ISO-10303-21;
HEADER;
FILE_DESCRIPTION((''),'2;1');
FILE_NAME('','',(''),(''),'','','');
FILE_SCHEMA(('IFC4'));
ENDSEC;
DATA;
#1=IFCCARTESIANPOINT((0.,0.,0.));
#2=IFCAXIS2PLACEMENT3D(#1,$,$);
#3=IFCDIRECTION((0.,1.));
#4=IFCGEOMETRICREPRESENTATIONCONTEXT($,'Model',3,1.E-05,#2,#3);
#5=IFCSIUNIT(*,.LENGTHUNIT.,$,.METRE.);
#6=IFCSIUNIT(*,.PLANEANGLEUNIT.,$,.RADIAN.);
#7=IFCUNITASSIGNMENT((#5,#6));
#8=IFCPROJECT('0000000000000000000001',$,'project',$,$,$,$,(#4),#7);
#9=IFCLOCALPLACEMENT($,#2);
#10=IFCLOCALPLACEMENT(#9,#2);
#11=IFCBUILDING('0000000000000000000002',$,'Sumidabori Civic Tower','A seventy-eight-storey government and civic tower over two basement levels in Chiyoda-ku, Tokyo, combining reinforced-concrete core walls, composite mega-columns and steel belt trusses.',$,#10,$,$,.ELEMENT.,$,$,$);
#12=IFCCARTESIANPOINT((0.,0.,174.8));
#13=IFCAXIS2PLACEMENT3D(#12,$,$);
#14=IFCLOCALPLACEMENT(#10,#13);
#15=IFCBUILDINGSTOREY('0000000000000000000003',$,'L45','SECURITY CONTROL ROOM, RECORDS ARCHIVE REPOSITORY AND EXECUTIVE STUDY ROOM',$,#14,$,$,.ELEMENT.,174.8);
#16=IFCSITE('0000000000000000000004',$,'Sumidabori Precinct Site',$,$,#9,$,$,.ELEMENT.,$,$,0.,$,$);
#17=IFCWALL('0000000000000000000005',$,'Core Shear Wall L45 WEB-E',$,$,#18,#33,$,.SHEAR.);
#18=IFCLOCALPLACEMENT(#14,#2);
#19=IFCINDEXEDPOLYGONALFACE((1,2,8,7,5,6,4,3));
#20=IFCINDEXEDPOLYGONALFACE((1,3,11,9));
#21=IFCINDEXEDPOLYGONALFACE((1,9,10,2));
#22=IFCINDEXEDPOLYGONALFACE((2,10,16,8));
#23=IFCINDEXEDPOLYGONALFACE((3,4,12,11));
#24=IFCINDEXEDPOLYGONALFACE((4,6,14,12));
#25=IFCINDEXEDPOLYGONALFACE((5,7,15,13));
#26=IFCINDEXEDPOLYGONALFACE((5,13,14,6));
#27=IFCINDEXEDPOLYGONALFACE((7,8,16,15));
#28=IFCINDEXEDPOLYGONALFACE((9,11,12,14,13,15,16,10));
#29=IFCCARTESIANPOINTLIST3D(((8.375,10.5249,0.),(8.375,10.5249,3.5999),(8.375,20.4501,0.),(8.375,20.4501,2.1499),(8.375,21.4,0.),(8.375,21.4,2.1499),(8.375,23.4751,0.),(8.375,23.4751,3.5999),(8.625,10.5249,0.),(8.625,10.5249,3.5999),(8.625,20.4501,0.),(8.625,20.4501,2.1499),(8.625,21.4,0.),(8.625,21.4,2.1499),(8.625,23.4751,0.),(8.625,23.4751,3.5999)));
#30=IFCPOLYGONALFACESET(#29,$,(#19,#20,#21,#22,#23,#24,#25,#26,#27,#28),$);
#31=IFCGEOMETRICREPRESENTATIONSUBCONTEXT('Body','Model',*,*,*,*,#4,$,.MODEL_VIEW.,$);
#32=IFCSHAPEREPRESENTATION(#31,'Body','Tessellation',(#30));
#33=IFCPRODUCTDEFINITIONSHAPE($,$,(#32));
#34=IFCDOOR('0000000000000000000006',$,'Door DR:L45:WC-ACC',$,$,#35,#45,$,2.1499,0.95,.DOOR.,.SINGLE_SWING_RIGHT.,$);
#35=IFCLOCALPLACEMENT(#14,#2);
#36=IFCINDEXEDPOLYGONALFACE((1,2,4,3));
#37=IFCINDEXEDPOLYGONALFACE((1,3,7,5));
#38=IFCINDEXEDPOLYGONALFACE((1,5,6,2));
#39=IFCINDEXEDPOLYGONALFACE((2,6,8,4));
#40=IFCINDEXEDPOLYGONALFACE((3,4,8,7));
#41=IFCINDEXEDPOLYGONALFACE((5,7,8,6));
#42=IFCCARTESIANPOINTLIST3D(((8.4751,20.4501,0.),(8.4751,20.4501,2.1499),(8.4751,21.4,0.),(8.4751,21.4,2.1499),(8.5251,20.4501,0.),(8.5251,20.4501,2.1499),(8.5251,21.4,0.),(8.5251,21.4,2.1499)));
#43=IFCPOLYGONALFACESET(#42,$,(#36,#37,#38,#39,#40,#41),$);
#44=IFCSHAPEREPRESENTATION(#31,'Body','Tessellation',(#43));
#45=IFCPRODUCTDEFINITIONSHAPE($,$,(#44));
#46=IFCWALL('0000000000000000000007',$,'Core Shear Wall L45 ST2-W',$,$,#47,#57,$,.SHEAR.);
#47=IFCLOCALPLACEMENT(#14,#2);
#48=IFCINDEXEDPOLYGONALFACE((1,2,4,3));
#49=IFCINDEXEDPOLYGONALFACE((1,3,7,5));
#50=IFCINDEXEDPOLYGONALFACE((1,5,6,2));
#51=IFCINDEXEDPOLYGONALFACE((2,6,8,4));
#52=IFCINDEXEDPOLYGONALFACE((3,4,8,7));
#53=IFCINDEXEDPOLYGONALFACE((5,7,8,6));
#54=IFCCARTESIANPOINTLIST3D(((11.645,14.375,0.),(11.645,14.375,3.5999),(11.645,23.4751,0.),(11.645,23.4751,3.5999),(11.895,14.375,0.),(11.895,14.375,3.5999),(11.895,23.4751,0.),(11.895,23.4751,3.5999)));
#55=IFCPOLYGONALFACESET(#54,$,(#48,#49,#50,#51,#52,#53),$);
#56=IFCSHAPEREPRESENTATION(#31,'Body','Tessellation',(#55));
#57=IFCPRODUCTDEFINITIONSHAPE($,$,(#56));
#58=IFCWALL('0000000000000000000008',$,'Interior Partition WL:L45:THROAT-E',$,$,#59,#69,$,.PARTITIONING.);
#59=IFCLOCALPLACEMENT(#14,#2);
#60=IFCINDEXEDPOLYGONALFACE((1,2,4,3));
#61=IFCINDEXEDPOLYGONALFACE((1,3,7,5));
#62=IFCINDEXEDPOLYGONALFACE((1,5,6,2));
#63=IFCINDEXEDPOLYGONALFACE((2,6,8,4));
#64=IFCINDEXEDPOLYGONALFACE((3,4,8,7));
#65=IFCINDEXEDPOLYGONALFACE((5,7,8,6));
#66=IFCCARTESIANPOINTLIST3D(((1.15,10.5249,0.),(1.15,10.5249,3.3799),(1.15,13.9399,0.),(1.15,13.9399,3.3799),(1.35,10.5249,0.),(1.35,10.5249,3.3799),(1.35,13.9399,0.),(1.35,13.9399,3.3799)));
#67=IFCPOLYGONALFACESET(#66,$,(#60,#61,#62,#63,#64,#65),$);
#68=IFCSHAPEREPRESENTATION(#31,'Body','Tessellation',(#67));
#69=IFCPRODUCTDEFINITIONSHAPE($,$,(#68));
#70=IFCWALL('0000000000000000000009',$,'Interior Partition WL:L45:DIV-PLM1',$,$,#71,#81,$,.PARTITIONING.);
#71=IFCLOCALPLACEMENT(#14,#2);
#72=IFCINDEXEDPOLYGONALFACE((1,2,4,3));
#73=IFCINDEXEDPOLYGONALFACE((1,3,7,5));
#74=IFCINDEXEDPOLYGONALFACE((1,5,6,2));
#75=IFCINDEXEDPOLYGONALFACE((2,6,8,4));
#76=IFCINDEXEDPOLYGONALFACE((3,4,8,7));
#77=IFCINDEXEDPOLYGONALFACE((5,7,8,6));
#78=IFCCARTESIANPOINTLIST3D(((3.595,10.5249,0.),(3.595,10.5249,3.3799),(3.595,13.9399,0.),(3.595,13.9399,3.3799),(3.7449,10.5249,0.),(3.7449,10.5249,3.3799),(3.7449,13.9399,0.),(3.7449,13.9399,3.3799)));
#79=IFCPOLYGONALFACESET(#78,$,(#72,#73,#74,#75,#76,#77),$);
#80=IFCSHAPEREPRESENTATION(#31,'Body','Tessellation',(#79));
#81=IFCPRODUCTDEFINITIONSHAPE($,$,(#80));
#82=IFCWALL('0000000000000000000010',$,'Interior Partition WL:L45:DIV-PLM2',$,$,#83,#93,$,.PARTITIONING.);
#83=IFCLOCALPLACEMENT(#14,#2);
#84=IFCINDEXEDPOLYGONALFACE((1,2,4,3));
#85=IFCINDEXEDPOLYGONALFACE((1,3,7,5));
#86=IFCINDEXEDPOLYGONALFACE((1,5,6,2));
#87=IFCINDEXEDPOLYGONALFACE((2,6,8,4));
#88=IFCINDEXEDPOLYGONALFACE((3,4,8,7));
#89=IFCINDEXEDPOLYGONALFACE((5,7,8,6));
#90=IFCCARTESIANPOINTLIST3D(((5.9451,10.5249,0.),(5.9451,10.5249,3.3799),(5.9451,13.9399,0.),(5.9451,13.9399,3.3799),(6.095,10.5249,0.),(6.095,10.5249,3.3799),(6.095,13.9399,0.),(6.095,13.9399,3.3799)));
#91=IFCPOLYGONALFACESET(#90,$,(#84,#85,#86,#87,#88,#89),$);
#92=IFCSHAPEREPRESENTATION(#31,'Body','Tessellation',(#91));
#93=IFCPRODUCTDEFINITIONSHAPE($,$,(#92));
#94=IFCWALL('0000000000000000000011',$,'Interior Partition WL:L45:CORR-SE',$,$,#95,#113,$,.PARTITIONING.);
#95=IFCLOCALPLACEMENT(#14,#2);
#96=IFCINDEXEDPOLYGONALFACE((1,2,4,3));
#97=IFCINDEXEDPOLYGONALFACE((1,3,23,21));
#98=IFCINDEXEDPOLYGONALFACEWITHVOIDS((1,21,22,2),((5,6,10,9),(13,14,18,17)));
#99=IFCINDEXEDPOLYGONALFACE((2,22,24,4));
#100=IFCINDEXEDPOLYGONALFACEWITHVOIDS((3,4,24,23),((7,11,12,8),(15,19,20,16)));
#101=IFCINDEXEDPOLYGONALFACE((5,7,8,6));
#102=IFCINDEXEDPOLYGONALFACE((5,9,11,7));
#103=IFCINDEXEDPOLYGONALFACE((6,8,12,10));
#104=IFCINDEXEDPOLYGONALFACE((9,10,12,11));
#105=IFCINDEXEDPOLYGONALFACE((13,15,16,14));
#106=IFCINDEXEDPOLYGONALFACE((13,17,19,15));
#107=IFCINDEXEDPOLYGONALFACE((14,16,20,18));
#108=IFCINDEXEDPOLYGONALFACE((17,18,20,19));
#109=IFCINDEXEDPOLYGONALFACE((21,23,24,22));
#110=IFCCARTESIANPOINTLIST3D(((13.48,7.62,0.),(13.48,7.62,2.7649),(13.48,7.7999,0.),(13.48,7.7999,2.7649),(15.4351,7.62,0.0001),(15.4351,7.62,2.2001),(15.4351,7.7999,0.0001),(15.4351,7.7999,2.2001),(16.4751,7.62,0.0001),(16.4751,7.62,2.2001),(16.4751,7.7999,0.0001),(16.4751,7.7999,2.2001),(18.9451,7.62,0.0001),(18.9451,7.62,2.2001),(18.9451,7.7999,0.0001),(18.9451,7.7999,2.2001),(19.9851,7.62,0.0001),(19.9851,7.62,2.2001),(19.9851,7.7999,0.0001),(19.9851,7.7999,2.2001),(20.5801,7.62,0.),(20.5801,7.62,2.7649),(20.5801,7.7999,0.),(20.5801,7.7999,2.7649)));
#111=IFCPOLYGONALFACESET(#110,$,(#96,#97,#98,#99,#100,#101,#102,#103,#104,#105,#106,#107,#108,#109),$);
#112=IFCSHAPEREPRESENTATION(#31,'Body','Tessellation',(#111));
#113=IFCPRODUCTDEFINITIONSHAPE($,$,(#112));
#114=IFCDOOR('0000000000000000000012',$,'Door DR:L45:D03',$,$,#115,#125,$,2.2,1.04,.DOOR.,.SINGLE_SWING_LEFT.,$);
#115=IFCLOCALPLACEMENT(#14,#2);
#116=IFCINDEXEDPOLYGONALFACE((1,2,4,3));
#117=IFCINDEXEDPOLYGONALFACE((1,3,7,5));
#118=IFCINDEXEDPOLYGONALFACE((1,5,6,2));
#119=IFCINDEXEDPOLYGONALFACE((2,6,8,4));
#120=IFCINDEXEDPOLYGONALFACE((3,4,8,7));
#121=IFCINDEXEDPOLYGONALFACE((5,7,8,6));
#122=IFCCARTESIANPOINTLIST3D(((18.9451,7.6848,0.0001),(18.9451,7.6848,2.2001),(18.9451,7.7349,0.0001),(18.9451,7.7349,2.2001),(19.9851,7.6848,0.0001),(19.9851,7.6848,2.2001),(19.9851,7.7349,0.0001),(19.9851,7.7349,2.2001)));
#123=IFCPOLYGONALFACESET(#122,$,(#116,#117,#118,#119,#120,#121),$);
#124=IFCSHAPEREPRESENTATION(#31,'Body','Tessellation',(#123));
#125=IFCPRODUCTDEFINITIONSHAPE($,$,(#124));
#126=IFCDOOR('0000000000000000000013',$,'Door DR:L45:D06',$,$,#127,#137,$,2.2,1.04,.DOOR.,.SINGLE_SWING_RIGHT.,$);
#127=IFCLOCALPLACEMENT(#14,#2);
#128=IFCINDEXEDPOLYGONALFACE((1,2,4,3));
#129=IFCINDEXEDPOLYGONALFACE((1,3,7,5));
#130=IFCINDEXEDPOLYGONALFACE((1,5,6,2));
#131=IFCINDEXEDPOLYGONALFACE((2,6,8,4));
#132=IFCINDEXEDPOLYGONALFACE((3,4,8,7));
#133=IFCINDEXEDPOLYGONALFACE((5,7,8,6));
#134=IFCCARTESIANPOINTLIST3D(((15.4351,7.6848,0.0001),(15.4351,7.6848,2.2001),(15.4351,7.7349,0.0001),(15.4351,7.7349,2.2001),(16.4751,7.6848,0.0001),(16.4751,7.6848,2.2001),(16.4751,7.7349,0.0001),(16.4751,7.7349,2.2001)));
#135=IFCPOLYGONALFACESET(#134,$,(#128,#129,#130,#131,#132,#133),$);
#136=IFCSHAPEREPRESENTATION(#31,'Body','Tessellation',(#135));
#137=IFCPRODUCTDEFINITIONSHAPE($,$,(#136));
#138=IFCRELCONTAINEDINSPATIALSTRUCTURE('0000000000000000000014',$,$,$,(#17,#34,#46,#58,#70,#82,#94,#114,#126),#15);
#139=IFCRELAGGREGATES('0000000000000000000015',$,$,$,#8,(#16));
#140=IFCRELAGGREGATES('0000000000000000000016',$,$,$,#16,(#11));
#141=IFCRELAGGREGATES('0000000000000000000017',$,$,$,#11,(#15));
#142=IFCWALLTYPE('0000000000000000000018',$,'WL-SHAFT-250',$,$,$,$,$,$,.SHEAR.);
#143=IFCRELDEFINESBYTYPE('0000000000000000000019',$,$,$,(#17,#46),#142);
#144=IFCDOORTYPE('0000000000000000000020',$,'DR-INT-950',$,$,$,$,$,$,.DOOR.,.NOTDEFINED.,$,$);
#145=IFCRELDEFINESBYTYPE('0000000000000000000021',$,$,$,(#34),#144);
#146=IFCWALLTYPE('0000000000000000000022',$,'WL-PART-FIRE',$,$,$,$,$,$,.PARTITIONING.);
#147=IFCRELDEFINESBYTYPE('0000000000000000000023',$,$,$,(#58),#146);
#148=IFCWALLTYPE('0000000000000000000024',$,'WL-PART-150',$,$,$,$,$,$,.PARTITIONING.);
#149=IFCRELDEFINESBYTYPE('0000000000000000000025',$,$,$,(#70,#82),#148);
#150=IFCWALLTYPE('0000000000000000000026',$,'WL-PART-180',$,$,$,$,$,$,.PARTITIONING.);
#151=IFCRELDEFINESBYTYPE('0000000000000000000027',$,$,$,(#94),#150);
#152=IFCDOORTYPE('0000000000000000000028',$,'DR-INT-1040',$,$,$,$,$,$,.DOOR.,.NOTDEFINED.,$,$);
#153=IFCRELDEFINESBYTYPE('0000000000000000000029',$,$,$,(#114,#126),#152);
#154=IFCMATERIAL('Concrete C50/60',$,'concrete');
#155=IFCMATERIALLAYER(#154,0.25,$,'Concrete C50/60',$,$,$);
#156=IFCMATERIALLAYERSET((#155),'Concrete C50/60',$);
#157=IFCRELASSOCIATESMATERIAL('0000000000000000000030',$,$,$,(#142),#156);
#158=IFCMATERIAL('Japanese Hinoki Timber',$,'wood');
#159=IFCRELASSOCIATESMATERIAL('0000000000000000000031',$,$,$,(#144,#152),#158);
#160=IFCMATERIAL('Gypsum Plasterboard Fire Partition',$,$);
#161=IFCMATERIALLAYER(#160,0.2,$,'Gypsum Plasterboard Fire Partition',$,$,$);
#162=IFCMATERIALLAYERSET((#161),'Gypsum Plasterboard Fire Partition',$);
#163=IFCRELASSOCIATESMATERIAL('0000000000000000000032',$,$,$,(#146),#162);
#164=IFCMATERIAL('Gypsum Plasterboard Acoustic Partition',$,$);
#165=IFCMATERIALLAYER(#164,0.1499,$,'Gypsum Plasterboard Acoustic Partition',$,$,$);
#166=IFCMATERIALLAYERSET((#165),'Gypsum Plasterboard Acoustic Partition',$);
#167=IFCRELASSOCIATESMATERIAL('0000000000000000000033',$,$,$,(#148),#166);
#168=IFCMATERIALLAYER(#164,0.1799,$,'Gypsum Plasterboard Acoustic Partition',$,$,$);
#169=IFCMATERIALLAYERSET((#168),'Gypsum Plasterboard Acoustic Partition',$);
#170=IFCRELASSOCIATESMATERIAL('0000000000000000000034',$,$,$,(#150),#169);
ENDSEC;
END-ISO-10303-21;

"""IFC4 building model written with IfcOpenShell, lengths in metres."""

from ifc_helpers import new_model, si_unit, direction, frame, frame_2d, origin, place, context, subcontext, project, spatial, rectangle, extrude, source, transform, mapped, material, layer, layer_set, type_object, element, fill, save


model = new_model("IFC4")

# Units and contexts
model_context = context("Model", 3, precision=1e-05, world=origin(), true_north=direction((0.0, 1.0)))
body_context = subcontext(model_context, "Body", "Model", "MODEL_VIEW")
ifc_project = project(units=[si_unit("LENGTHUNIT", "METRE"), si_unit("PLANEANGLEUNIT", "RADIAN")], contexts=[model_context])

# Site, building, storey
site_placement = place(None, origin())
site = spatial("IfcSite", under=ifc_project, at=site_placement, Name="Sumidabori Precinct Site", CompositionType="ELEMENT", RefElevation=0.0)
building_placement = place(site_placement, origin())
building = spatial("IfcBuilding", under=site, at=building_placement, Name="Sumidabori Civic Tower", Description="A seventy-eight-storey government and civic tower over two basement levels in Chiyoda-ku, Tokyo, combining reinforced-concrete core walls, composite mega-columns and steel belt trusses.", CompositionType="ELEMENT")
storey_placement = place(building_placement, frame((0.0, 0.0, 174.8)))
storey = spatial("IfcBuildingStorey", under=building, at=storey_placement, Name="L45", Description="SECURITY CONTROL ROOM, RECORDS ARCHIVE REPOSITORY AND EXECUTIVE STUDY ROOM", CompositionType="ELEMENT", Elevation=174.8)

# Shared definitions
ifc_material_1 = material(Name="Concrete C50/60", Category="concrete")

# Wall, opening, door
ifc_layer_1 = layer(ifc_material_1, 0.25, Name="Concrete C50/60")
ifc_layer_set_1 = layer_set([ifc_layer_1], Name="Concrete C50/60")
wall_type_1 = type_object("IfcWallType", Name="WL-SHAFT-250", PredefinedType="SHEAR", material=ifc_layer_set_1)
shared_shape_1 = source(origin(), body_context, "Body", "SweptSolid", [
    extrude(rectangle(XDim=12.9502, YDim=0.25, at=frame_2d((6.4751, 0.0))), origin(), (0.0, 0.0, 1.0), 3.5999),
])
wall_1_placement = place(storey_placement, frame((8.5, 10.5249, 0.0), z_axis=(0.0, 0.0, 1.0), x_axis=(0.0, 1.0, 0.0)))
wall_1 = element("IfcWall", 1, at=wall_1_placement, inside=storey, type_object=wall_type_1, Name="Core Shear Wall L45 WEB-E", PredefinedType="SHEAR", context=body_context, shape_type="MappedRepresentation", body=[
    mapped(shared_shape_1, transform((0.0, 0.0, 0.0), x_axis=(1.0, 0.0, 0.0), y_axis=(0.0, 1.0, 0.0), z_axis=(0.0, 0.0, 1.0), scale=1.0)),
])
opening_1_placement = place(wall_1_placement, frame((9.925, 0.0, 0.0)))
opening_1 = element("IfcOpeningElement", 2, at=opening_1_placement, cuts=wall_1, PredefinedType="OPENING", context=body_context, shape_type="SweptSolid", body=[
    extrude(rectangle(XDim=0.95, YDim=2.1499, at=frame_2d((0.4751, 1.075))), frame((0.0, 0.137, 0.0), z_axis=(0.0, -1.0, 0.0), x_axis=(1.0, 0.0, 0.0)), (0.0, 0.0, 1.0), 0.2739),
])
ifc_material_2 = material(Name="Japanese Hinoki Timber", Category="wood")
door_type_1 = type_object("IfcDoorType", Name="DR-INT-950", OperationType="NOTDEFINED", PredefinedType="DOOR", material=ifc_material_2)
shared_shape_2 = source(origin(), body_context, "Body", "SweptSolid", [
    extrude(rectangle(XDim=0.95, YDim=2.1499, at=frame_2d((0.4751, 1.075))), frame((0.0, 0.0249, 0.0), z_axis=(0.0, -1.0, 0.0), x_axis=(1.0, 0.0, 0.0)), (0.0, 0.0, 1.0), 0.05),
])
door_1_placement = place(opening_1_placement, origin())
door_1 = element("IfcDoor", 3, at=door_1_placement, inside=storey, type_object=door_type_1, Name="Door DR:L45:WC-ACC", OperationType="SINGLE_SWING_RIGHT", OverallHeight=2.1499, OverallWidth=0.95, PredefinedType="DOOR", context=body_context, shape_type="MappedRepresentation", body=[
    mapped(shared_shape_2, transform((0.0, 0.0, 0.0), x_axis=(1.0, 0.0, 0.0), y_axis=(0.0, 1.0, 0.0), z_axis=(0.0, 0.0, 1.0), scale=1.0)),
])
fill(opening_1, door_1)

# Wall
shared_shape_3 = source(origin(), body_context, "Body", "SweptSolid", [
    extrude(rectangle(XDim=9.1001, YDim=0.25, at=frame_2d((4.55, 0.0))), origin(), (0.0, 0.0, 1.0), 3.5999),
])
wall_2_placement = place(storey_placement, frame((11.77, 14.375, 0.0), z_axis=(0.0, 0.0, 1.0), x_axis=(0.0, 1.0, 0.0)))
element("IfcWall", 4, at=wall_2_placement, inside=storey, type_object=wall_type_1, Name="Core Shear Wall L45 ST2-W", PredefinedType="SHEAR", context=body_context, shape_type="MappedRepresentation", body=[
    mapped(shared_shape_3, transform((0.0, 0.0, 0.0), x_axis=(1.0, 0.0, 0.0), y_axis=(0.0, 1.0, 0.0), z_axis=(0.0, 0.0, 1.0), scale=1.0)),
])

# Shared definitions
ifc_material_3 = material(Name="Gypsum Plasterboard Fire Partition")
ifc_layer_2 = layer(ifc_material_3, 0.2, Name="Gypsum Plasterboard Fire Partition")
ifc_layer_set_2 = layer_set([ifc_layer_2], Name="Gypsum Plasterboard Fire Partition")
wall_type_2 = type_object("IfcWallType", Name="WL-PART-FIRE", PredefinedType="PARTITIONING", material=ifc_layer_set_2)

# Walls
shared_shape_4 = source(origin(), body_context, "Body", "SweptSolid", [
    extrude(rectangle(XDim=3.415, YDim=0.2, at=frame_2d((1.7075, 0.0))), origin(), (0.0, 0.0, 1.0), 3.3799),
])
wall_3_placement = place(storey_placement, frame((1.25, 10.5249, 0.0), z_axis=(0.0, 0.0, 1.0), x_axis=(0.0, 1.0, 0.0)))
element("IfcWall", 5, at=wall_3_placement, inside=storey, type_object=wall_type_2, Name="Interior Partition WL:L45:THROAT-E", PredefinedType="PARTITIONING", context=body_context, shape_type="MappedRepresentation", body=[
    mapped(shared_shape_4, transform((0.0, 0.0, 0.0), x_axis=(1.0, 0.0, 0.0), y_axis=(0.0, 1.0, 0.0), z_axis=(0.0, 0.0, 1.0), scale=1.0)),
])
ifc_material_4 = material(Name="Gypsum Plasterboard Acoustic Partition")
ifc_layer_3 = layer(ifc_material_4, 0.1499, Name="Gypsum Plasterboard Acoustic Partition")
ifc_layer_set_3 = layer_set([ifc_layer_3], Name="Gypsum Plasterboard Acoustic Partition")
wall_type_3 = type_object("IfcWallType", Name="WL-PART-150", PredefinedType="PARTITIONING", material=ifc_layer_set_3)
shared_shape_5 = source(origin(), body_context, "Body", "SweptSolid", [
    extrude(rectangle(XDim=3.415, YDim=0.1499, at=frame_2d((1.7075, 0.0))), origin(), (0.0, 0.0, 1.0), 3.3799),
])
for number, where, z_axis, x_axis, name in (
    (6, (3.6699, 10.5249, 0.0), (0.0, 0.0, 1.0), (0.0, 1.0, 0.0), "Interior Partition WL:L45:DIV-PLM1"),
    (7, (6.02, 10.5249, 0.0), (0.0, 0.0, 1.0), (0.0, 1.0, 0.0), "Interior Partition WL:L45:DIV-PLM2"),
):
    element("IfcWall", number, at=place(storey_placement, frame(where, z_axis=z_axis, x_axis=x_axis)), inside=storey, type_object=wall_type_3, Name=name, PredefinedType="PARTITIONING", context=body_context, shape_type="MappedRepresentation", body=[
        mapped(shared_shape_5, transform((0.0, 0.0, 0.0), x_axis=(1.0, 0.0, 0.0), y_axis=(0.0, 1.0, 0.0), z_axis=(0.0, 0.0, 1.0), scale=1.0)),
    ])

# Wall, openings, doors
ifc_layer_4 = layer(ifc_material_4, 0.1799, Name="Gypsum Plasterboard Acoustic Partition")
ifc_layer_set_4 = layer_set([ifc_layer_4], Name="Gypsum Plasterboard Acoustic Partition")
wall_type_4 = type_object("IfcWallType", Name="WL-PART-180", PredefinedType="PARTITIONING", material=ifc_layer_set_4)
shared_shape_6 = source(origin(), body_context, "Body", "SweptSolid", [
    extrude(rectangle(XDim=7.1001, YDim=0.1799, at=frame_2d((3.55, 0.0))), origin(), (0.0, 0.0, 1.0), 2.7649),
])
wall_4_placement = place(storey_placement, frame((13.48, 7.71, 0.0), z_axis=(0.0, 0.0, 1.0), x_axis=(1.0, 0.0, 0.0)))
wall_4 = element("IfcWall", 8, at=wall_4_placement, inside=storey, type_object=wall_type_4, Name="Interior Partition WL:L45:CORR-SE", PredefinedType="PARTITIONING", context=body_context, shape_type="MappedRepresentation", body=[
    mapped(shared_shape_6, transform((0.0, 0.0, 0.0), x_axis=(1.0, 0.0, 0.0), y_axis=(0.0, 1.0, 0.0), z_axis=(0.0, 0.0, 1.0), scale=1.0)),
])
opening_2_placement = place(wall_4_placement, frame((5.4651, 0.0, 0.0)))
opening_2 = element("IfcOpeningElement", 9, at=opening_2_placement, cuts=wall_4, PredefinedType="OPENING", context=body_context, shape_type="SweptSolid", body=[
    extrude(rectangle(XDim=1.04, YDim=2.2, at=frame_2d((0.52, 1.1001))), frame((0.0, 0.1021, 0.0), z_axis=(0.0, -1.0, 0.0), x_axis=(1.0, 0.0, 0.0)), (0.0, 0.0, 1.0), 0.2039),
])
opening_3_placement = place(wall_4_placement, frame((1.9551, 0.0, 0.0)))
opening_3 = element("IfcOpeningElement", 10, at=opening_3_placement, cuts=wall_4, PredefinedType="OPENING", context=body_context, shape_type="SweptSolid", body=[
    extrude(rectangle(XDim=1.04, YDim=2.2, at=frame_2d((0.52, 1.1001))), frame((0.0, 0.1021, 0.0), z_axis=(0.0, -1.0, 0.0), x_axis=(1.0, 0.0, 0.0)), (0.0, 0.0, 1.0), 0.2039),
])
door_type_2 = type_object("IfcDoorType", Name="DR-INT-1040", OperationType="NOTDEFINED", PredefinedType="DOOR", material=ifc_material_2)
shared_shape_7 = source(origin(), body_context, "Body", "SweptSolid", [
    extrude(rectangle(XDim=1.04, YDim=2.2, at=frame_2d((0.52, 1.1001))), frame((0.0, 0.0249, 0.0), z_axis=(0.0, -1.0, 0.0), x_axis=(1.0, 0.0, 0.0)), (0.0, 0.0, 1.0), 0.05),
])
door_2_placement = place(opening_2_placement, origin())
door_2 = element("IfcDoor", 11, at=door_2_placement, inside=storey, type_object=door_type_2, Name="Door DR:L45:D03", OperationType="SINGLE_SWING_LEFT", OverallHeight=2.2, OverallWidth=1.04, PredefinedType="DOOR", context=body_context, shape_type="MappedRepresentation", body=[
    mapped(shared_shape_7, transform((0.0, 0.0, 0.0), x_axis=(1.0, 0.0, 0.0), y_axis=(0.0, 1.0, 0.0), z_axis=(0.0, 0.0, 1.0), scale=1.0)),
])
fill(opening_2, door_2)
door_3_placement = place(opening_3_placement, origin())
door_3 = element("IfcDoor", 12, at=door_3_placement, inside=storey, type_object=door_type_2, Name="Door DR:L45:D06", OperationType="SINGLE_SWING_RIGHT", OverallHeight=2.2, OverallWidth=1.04, PredefinedType="DOOR", context=body_context, shape_type="MappedRepresentation", body=[
    mapped(shared_shape_7, transform((0.0, 0.0, 0.0), x_axis=(1.0, 0.0, 0.0), y_axis=(0.0, 1.0, 0.0), z_axis=(0.0, 0.0, 1.0), scale=1.0)),
])
fill(opening_3, door_3)

save(model, "model.ifc")
